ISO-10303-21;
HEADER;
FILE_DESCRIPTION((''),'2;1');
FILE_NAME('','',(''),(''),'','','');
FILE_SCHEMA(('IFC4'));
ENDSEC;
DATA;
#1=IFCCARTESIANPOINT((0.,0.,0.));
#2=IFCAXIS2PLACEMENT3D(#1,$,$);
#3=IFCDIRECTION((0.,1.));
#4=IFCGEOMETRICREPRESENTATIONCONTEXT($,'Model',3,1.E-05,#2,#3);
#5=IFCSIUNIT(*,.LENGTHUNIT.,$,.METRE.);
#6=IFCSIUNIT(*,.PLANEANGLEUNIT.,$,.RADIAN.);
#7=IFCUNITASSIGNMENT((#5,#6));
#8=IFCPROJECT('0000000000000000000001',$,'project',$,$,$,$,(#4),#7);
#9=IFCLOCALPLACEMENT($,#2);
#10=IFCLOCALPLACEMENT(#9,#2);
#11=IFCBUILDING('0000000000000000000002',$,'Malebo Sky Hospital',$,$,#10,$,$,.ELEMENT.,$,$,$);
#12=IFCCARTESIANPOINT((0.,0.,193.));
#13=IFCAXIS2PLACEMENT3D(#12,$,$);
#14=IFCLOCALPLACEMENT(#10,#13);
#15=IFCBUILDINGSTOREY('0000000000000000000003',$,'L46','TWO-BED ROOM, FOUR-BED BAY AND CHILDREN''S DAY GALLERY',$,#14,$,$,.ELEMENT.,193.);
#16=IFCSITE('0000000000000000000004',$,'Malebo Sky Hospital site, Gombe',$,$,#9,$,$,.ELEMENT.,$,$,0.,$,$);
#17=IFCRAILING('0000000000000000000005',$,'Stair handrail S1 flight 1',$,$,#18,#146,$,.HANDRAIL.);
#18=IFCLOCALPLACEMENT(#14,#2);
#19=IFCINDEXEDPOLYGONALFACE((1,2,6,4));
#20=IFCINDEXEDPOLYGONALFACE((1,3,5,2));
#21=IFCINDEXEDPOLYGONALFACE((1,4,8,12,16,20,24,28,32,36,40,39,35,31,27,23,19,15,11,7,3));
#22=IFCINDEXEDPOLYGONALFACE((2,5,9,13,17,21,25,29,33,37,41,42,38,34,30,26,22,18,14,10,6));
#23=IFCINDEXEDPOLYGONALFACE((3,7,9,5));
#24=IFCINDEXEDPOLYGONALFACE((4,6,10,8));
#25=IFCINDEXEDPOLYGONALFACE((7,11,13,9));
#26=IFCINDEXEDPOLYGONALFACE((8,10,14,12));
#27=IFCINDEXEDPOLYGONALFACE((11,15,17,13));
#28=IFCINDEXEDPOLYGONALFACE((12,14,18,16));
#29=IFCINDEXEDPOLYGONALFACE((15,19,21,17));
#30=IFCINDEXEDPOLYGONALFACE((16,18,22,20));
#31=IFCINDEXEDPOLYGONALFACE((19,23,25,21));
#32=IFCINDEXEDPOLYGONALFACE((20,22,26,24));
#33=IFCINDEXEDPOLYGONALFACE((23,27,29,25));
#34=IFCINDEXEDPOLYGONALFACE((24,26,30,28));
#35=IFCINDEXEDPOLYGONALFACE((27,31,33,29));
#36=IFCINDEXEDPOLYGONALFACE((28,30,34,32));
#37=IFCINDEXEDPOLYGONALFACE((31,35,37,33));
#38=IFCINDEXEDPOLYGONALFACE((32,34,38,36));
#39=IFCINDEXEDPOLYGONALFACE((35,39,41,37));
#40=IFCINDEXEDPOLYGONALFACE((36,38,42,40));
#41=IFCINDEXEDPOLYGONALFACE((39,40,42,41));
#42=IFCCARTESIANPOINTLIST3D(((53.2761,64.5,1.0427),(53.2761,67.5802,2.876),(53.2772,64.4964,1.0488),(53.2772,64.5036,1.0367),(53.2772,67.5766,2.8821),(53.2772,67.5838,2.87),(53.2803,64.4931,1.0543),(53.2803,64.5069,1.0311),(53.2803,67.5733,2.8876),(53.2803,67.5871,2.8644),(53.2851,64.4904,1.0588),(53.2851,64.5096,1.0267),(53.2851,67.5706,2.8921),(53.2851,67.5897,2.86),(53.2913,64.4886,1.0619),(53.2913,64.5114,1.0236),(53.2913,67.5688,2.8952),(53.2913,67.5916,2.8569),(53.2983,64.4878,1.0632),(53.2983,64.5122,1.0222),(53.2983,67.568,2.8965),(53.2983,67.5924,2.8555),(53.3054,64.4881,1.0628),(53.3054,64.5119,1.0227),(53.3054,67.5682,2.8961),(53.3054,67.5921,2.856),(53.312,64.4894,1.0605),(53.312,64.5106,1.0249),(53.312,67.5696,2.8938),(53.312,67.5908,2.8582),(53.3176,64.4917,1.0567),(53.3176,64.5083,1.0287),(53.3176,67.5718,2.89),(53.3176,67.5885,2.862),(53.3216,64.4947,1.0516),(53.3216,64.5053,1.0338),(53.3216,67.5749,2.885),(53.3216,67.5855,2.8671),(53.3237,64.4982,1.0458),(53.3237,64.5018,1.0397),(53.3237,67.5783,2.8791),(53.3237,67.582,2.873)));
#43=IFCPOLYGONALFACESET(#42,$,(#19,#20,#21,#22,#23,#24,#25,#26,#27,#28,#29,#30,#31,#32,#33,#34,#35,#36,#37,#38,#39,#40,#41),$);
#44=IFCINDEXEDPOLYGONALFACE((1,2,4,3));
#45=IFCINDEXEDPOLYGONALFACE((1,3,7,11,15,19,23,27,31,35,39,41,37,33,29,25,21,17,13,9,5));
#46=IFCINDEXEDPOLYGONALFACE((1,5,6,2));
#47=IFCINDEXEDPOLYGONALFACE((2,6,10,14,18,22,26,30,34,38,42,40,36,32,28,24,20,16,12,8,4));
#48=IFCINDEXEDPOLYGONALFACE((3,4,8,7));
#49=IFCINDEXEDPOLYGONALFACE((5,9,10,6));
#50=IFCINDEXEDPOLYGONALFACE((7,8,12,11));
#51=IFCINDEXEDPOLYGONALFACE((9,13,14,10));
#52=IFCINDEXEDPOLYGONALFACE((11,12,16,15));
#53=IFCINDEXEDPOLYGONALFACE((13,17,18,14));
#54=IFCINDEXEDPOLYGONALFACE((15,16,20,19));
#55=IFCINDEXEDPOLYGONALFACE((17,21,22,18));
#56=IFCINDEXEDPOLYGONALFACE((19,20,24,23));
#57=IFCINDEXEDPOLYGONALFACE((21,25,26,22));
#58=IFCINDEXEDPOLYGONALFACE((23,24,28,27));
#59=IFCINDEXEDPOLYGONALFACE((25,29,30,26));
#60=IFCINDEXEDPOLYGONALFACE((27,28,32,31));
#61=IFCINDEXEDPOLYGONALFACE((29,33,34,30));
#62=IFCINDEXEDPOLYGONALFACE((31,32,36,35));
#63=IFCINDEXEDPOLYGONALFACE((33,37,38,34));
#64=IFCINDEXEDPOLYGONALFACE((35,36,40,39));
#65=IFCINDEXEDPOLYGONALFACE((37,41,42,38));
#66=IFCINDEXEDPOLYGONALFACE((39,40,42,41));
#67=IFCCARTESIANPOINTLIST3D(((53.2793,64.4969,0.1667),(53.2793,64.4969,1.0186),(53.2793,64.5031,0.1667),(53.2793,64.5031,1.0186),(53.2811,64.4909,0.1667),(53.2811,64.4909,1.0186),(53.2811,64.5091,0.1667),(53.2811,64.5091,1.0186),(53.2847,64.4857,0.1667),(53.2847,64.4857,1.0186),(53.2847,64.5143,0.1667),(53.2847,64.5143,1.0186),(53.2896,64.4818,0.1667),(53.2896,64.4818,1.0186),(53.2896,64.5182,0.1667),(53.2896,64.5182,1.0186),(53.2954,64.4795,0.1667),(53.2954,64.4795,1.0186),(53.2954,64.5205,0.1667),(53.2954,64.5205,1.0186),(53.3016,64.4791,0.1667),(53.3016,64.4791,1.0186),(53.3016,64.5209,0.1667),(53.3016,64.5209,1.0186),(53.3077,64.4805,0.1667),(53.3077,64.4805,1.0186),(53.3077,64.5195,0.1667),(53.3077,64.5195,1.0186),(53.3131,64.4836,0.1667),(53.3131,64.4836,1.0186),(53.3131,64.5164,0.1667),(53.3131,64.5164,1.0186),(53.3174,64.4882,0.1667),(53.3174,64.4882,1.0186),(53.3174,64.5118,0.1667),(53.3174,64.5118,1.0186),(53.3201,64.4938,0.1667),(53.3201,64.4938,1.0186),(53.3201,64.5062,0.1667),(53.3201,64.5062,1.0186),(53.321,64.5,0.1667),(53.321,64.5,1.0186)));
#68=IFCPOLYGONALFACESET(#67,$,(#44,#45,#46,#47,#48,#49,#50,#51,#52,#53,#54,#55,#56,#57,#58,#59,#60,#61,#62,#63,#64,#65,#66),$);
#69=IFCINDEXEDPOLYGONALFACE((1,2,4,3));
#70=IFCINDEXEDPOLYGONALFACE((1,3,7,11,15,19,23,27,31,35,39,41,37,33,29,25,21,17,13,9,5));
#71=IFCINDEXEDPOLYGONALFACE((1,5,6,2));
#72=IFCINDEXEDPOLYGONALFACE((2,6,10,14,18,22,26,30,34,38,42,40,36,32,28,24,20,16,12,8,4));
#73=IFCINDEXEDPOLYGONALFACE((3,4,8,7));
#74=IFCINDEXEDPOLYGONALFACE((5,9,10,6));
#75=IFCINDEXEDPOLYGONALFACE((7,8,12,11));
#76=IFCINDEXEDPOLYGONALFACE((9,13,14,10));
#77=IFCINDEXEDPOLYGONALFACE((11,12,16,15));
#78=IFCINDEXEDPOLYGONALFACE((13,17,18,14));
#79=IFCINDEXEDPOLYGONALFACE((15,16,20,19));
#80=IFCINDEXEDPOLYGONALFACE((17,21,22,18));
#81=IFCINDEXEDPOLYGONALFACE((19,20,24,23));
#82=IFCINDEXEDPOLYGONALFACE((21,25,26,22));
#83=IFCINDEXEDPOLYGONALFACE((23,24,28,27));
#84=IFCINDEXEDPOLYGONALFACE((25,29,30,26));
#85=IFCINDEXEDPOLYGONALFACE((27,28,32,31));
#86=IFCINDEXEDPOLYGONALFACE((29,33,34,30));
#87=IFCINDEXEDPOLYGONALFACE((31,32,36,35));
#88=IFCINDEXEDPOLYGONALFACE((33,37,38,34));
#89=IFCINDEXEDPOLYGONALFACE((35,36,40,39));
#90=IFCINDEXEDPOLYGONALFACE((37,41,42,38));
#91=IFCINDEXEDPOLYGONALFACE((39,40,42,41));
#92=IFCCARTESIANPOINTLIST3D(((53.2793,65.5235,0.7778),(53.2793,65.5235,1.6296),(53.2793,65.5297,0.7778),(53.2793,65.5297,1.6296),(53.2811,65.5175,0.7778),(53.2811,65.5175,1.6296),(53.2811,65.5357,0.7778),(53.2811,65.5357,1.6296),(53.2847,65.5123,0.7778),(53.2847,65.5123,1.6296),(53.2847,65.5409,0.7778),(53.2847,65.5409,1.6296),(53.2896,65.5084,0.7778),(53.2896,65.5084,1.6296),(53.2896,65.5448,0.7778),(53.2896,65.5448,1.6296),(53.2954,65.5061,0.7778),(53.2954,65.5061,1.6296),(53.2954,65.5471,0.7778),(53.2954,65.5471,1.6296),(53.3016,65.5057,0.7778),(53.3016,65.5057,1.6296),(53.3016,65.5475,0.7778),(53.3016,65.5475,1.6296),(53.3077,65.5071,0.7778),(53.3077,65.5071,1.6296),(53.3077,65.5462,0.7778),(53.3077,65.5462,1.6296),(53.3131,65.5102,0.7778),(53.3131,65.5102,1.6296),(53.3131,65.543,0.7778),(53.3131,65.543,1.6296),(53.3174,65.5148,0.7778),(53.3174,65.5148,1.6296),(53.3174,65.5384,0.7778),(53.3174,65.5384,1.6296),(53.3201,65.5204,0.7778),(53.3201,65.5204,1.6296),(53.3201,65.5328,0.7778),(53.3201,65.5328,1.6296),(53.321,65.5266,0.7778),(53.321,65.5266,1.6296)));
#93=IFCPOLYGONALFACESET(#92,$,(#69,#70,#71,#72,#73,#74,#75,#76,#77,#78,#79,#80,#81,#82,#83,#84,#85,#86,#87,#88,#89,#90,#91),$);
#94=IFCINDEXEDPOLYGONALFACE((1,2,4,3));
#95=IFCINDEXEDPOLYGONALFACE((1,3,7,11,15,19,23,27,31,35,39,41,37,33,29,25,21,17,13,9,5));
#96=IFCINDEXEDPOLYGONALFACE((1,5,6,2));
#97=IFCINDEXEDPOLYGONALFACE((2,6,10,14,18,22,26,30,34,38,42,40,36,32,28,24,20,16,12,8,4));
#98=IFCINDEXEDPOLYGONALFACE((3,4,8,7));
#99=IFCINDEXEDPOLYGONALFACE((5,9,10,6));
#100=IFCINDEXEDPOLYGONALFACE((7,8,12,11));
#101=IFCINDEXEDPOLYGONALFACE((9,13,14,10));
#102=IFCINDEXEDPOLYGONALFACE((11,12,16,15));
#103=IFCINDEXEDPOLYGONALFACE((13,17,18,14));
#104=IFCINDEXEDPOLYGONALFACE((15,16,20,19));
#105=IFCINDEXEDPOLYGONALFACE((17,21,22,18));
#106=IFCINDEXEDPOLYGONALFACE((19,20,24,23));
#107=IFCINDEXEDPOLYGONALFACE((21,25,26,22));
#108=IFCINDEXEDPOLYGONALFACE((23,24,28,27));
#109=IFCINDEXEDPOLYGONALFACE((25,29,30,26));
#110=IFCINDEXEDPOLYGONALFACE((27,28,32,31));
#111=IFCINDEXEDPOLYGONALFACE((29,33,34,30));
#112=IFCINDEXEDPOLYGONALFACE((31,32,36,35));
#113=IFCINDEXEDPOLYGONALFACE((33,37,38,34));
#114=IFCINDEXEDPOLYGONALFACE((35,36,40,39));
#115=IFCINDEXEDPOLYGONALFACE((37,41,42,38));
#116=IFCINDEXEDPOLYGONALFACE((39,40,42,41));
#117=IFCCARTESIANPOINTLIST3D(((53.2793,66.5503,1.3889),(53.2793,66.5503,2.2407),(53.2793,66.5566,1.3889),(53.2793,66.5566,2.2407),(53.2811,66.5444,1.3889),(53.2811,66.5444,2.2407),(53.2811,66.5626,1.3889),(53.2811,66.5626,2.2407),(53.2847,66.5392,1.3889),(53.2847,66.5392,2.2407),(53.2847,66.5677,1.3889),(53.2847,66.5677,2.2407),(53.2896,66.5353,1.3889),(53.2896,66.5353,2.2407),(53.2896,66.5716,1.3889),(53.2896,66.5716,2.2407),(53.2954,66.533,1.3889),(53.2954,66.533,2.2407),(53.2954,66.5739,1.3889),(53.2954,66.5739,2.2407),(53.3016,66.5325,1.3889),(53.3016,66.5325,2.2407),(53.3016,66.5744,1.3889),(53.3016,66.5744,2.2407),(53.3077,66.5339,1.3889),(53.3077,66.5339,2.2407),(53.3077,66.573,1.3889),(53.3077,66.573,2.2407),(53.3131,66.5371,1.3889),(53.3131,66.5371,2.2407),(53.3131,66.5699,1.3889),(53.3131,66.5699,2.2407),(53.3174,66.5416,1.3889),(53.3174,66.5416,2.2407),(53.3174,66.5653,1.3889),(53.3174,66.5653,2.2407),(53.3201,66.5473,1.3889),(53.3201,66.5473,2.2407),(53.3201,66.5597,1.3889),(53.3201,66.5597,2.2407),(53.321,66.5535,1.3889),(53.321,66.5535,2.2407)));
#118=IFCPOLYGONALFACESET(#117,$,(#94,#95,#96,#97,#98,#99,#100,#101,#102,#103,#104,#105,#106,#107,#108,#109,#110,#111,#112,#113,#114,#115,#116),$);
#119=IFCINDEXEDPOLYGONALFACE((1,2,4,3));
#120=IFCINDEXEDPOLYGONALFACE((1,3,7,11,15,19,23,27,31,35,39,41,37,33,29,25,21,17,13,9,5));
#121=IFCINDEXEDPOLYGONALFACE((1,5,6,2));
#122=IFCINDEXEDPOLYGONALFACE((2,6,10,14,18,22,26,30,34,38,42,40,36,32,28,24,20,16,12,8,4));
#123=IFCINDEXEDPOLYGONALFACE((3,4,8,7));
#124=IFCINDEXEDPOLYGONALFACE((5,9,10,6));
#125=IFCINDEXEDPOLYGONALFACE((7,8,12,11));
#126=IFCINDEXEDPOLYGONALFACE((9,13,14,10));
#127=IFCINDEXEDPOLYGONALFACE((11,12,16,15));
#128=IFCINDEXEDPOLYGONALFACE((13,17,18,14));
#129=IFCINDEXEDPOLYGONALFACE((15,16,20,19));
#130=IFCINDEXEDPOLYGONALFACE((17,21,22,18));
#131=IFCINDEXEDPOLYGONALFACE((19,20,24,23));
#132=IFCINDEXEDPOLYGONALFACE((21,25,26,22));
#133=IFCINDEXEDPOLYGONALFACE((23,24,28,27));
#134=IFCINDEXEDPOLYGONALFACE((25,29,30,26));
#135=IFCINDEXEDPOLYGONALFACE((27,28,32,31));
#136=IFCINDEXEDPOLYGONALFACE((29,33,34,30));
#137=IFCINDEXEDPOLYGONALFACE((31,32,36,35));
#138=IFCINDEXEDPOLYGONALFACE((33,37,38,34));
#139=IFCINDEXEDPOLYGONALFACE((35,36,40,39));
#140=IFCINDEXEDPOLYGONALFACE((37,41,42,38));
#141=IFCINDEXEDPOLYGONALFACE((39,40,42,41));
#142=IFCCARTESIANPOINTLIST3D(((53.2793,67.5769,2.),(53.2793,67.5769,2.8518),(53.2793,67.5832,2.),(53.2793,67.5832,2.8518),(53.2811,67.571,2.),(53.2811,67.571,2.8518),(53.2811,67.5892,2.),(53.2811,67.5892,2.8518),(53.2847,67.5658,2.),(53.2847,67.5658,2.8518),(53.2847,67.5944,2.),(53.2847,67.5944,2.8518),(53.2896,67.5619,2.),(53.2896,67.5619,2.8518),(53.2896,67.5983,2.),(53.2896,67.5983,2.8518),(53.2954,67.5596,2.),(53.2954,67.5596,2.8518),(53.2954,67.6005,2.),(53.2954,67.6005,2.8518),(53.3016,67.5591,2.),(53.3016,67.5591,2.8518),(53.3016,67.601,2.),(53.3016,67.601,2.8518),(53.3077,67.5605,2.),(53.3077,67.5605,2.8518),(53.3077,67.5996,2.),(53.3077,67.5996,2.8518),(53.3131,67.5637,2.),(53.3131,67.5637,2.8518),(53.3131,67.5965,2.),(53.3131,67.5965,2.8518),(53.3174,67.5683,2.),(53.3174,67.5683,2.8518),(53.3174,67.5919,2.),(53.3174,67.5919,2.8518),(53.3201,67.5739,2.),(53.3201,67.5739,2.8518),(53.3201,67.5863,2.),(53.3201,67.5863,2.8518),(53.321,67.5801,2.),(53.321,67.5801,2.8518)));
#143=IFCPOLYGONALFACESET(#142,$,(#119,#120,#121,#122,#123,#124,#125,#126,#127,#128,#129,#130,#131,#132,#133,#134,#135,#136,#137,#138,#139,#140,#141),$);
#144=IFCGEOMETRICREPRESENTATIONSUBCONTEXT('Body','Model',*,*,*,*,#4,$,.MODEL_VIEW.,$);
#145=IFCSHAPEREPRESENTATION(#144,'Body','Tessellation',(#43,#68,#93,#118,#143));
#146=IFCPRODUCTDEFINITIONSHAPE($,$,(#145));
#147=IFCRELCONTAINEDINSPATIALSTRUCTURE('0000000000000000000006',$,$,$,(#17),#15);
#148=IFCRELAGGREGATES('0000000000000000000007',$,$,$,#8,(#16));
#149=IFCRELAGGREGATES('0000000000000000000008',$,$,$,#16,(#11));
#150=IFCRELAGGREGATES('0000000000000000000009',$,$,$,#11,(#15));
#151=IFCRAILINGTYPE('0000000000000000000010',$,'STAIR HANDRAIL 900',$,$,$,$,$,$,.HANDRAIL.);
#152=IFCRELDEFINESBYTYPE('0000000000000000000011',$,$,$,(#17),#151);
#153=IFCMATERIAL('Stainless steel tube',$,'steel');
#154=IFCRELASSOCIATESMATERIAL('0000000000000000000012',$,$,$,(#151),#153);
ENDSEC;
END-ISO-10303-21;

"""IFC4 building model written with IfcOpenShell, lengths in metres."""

from ifc_helpers import new_model, si_unit, direction, frame, origin, origin_2d, place, context, subcontext, project, spatial, circle, extrude, material, type_object, element, save


model = new_model("IFC4")

# Units and contexts
model_context = context("Model", 3, precision=1e-05, world=origin(), true_north=direction((0.0, 1.0)))
body_context = subcontext(model_context, "Body", "Model", "MODEL_VIEW")
ifc_project = project(units=[si_unit("LENGTHUNIT", "METRE"), si_unit("PLANEANGLEUNIT", "RADIAN")], contexts=[model_context])

# Site, building, storey
site_placement = place(None, origin())
site = spatial("IfcSite", under=ifc_project, at=site_placement, Name="Malebo Sky Hospital site, Gombe", CompositionType="ELEMENT", RefElevation=0.0)
building_placement = place(site_placement, origin())
building = spatial("IfcBuilding", under=site, at=building_placement, Name="Malebo Sky Hospital", CompositionType="ELEMENT")
storey_placement = place(building_placement, frame((0.0, 0.0, 193.0)))
storey = spatial("IfcBuildingStorey", under=building, at=storey_placement, Name="L46", Description="TWO-BED ROOM, FOUR-BED BAY AND CHILDREN'S DAY GALLERY", CompositionType="ELEMENT", Elevation=193.0)

# Railing
ifc_material_1 = material(Name="Stainless steel tube", Category="steel")
railing_type = type_object("IfcRailingType", Name="STAIR HANDRAIL 900", PredefinedType="HANDRAIL", material=ifc_material_1)
railing_1_placement = place(storey_placement, frame((53.3, 64.5, 0.1667)))
element("IfcRailing", 1, at=railing_1_placement, inside=storey, type_object=railing_type, Name="Stair handrail S1 flight 1", PredefinedType="HANDRAIL", context=body_context, shape_type="SweptSolid", body=[
    extrude(circle(Radius=0.0239, at=origin_2d()), frame((0.0, 0.0, 0.876), z_axis=(0.0, 0.859309, 0.511458), x_axis=(-1.0, 0.0, 0.0)), (0.0, 0.0, 1.0), 3.5845),
    extrude(circle(Radius=0.021, at=origin_2d()), origin(), (0.0, 0.0, 1.0), 0.8518),
    extrude(circle(Radius=0.021, at=origin_2d()), frame((0.0, 1.0266, 0.6111)), (0.0, 0.0, 1.0), 0.8518),
    extrude(circle(Radius=0.021, at=origin_2d()), frame((0.0, 2.0535, 1.2222)), (0.0, 0.0, 1.0), 0.8518),
    extrude(circle(Radius=0.021, at=origin_2d()), frame((0.0, 3.0801, 1.8333)), (0.0, 0.0, 1.0), 0.8518),
])

save(model, "model.ifc")
